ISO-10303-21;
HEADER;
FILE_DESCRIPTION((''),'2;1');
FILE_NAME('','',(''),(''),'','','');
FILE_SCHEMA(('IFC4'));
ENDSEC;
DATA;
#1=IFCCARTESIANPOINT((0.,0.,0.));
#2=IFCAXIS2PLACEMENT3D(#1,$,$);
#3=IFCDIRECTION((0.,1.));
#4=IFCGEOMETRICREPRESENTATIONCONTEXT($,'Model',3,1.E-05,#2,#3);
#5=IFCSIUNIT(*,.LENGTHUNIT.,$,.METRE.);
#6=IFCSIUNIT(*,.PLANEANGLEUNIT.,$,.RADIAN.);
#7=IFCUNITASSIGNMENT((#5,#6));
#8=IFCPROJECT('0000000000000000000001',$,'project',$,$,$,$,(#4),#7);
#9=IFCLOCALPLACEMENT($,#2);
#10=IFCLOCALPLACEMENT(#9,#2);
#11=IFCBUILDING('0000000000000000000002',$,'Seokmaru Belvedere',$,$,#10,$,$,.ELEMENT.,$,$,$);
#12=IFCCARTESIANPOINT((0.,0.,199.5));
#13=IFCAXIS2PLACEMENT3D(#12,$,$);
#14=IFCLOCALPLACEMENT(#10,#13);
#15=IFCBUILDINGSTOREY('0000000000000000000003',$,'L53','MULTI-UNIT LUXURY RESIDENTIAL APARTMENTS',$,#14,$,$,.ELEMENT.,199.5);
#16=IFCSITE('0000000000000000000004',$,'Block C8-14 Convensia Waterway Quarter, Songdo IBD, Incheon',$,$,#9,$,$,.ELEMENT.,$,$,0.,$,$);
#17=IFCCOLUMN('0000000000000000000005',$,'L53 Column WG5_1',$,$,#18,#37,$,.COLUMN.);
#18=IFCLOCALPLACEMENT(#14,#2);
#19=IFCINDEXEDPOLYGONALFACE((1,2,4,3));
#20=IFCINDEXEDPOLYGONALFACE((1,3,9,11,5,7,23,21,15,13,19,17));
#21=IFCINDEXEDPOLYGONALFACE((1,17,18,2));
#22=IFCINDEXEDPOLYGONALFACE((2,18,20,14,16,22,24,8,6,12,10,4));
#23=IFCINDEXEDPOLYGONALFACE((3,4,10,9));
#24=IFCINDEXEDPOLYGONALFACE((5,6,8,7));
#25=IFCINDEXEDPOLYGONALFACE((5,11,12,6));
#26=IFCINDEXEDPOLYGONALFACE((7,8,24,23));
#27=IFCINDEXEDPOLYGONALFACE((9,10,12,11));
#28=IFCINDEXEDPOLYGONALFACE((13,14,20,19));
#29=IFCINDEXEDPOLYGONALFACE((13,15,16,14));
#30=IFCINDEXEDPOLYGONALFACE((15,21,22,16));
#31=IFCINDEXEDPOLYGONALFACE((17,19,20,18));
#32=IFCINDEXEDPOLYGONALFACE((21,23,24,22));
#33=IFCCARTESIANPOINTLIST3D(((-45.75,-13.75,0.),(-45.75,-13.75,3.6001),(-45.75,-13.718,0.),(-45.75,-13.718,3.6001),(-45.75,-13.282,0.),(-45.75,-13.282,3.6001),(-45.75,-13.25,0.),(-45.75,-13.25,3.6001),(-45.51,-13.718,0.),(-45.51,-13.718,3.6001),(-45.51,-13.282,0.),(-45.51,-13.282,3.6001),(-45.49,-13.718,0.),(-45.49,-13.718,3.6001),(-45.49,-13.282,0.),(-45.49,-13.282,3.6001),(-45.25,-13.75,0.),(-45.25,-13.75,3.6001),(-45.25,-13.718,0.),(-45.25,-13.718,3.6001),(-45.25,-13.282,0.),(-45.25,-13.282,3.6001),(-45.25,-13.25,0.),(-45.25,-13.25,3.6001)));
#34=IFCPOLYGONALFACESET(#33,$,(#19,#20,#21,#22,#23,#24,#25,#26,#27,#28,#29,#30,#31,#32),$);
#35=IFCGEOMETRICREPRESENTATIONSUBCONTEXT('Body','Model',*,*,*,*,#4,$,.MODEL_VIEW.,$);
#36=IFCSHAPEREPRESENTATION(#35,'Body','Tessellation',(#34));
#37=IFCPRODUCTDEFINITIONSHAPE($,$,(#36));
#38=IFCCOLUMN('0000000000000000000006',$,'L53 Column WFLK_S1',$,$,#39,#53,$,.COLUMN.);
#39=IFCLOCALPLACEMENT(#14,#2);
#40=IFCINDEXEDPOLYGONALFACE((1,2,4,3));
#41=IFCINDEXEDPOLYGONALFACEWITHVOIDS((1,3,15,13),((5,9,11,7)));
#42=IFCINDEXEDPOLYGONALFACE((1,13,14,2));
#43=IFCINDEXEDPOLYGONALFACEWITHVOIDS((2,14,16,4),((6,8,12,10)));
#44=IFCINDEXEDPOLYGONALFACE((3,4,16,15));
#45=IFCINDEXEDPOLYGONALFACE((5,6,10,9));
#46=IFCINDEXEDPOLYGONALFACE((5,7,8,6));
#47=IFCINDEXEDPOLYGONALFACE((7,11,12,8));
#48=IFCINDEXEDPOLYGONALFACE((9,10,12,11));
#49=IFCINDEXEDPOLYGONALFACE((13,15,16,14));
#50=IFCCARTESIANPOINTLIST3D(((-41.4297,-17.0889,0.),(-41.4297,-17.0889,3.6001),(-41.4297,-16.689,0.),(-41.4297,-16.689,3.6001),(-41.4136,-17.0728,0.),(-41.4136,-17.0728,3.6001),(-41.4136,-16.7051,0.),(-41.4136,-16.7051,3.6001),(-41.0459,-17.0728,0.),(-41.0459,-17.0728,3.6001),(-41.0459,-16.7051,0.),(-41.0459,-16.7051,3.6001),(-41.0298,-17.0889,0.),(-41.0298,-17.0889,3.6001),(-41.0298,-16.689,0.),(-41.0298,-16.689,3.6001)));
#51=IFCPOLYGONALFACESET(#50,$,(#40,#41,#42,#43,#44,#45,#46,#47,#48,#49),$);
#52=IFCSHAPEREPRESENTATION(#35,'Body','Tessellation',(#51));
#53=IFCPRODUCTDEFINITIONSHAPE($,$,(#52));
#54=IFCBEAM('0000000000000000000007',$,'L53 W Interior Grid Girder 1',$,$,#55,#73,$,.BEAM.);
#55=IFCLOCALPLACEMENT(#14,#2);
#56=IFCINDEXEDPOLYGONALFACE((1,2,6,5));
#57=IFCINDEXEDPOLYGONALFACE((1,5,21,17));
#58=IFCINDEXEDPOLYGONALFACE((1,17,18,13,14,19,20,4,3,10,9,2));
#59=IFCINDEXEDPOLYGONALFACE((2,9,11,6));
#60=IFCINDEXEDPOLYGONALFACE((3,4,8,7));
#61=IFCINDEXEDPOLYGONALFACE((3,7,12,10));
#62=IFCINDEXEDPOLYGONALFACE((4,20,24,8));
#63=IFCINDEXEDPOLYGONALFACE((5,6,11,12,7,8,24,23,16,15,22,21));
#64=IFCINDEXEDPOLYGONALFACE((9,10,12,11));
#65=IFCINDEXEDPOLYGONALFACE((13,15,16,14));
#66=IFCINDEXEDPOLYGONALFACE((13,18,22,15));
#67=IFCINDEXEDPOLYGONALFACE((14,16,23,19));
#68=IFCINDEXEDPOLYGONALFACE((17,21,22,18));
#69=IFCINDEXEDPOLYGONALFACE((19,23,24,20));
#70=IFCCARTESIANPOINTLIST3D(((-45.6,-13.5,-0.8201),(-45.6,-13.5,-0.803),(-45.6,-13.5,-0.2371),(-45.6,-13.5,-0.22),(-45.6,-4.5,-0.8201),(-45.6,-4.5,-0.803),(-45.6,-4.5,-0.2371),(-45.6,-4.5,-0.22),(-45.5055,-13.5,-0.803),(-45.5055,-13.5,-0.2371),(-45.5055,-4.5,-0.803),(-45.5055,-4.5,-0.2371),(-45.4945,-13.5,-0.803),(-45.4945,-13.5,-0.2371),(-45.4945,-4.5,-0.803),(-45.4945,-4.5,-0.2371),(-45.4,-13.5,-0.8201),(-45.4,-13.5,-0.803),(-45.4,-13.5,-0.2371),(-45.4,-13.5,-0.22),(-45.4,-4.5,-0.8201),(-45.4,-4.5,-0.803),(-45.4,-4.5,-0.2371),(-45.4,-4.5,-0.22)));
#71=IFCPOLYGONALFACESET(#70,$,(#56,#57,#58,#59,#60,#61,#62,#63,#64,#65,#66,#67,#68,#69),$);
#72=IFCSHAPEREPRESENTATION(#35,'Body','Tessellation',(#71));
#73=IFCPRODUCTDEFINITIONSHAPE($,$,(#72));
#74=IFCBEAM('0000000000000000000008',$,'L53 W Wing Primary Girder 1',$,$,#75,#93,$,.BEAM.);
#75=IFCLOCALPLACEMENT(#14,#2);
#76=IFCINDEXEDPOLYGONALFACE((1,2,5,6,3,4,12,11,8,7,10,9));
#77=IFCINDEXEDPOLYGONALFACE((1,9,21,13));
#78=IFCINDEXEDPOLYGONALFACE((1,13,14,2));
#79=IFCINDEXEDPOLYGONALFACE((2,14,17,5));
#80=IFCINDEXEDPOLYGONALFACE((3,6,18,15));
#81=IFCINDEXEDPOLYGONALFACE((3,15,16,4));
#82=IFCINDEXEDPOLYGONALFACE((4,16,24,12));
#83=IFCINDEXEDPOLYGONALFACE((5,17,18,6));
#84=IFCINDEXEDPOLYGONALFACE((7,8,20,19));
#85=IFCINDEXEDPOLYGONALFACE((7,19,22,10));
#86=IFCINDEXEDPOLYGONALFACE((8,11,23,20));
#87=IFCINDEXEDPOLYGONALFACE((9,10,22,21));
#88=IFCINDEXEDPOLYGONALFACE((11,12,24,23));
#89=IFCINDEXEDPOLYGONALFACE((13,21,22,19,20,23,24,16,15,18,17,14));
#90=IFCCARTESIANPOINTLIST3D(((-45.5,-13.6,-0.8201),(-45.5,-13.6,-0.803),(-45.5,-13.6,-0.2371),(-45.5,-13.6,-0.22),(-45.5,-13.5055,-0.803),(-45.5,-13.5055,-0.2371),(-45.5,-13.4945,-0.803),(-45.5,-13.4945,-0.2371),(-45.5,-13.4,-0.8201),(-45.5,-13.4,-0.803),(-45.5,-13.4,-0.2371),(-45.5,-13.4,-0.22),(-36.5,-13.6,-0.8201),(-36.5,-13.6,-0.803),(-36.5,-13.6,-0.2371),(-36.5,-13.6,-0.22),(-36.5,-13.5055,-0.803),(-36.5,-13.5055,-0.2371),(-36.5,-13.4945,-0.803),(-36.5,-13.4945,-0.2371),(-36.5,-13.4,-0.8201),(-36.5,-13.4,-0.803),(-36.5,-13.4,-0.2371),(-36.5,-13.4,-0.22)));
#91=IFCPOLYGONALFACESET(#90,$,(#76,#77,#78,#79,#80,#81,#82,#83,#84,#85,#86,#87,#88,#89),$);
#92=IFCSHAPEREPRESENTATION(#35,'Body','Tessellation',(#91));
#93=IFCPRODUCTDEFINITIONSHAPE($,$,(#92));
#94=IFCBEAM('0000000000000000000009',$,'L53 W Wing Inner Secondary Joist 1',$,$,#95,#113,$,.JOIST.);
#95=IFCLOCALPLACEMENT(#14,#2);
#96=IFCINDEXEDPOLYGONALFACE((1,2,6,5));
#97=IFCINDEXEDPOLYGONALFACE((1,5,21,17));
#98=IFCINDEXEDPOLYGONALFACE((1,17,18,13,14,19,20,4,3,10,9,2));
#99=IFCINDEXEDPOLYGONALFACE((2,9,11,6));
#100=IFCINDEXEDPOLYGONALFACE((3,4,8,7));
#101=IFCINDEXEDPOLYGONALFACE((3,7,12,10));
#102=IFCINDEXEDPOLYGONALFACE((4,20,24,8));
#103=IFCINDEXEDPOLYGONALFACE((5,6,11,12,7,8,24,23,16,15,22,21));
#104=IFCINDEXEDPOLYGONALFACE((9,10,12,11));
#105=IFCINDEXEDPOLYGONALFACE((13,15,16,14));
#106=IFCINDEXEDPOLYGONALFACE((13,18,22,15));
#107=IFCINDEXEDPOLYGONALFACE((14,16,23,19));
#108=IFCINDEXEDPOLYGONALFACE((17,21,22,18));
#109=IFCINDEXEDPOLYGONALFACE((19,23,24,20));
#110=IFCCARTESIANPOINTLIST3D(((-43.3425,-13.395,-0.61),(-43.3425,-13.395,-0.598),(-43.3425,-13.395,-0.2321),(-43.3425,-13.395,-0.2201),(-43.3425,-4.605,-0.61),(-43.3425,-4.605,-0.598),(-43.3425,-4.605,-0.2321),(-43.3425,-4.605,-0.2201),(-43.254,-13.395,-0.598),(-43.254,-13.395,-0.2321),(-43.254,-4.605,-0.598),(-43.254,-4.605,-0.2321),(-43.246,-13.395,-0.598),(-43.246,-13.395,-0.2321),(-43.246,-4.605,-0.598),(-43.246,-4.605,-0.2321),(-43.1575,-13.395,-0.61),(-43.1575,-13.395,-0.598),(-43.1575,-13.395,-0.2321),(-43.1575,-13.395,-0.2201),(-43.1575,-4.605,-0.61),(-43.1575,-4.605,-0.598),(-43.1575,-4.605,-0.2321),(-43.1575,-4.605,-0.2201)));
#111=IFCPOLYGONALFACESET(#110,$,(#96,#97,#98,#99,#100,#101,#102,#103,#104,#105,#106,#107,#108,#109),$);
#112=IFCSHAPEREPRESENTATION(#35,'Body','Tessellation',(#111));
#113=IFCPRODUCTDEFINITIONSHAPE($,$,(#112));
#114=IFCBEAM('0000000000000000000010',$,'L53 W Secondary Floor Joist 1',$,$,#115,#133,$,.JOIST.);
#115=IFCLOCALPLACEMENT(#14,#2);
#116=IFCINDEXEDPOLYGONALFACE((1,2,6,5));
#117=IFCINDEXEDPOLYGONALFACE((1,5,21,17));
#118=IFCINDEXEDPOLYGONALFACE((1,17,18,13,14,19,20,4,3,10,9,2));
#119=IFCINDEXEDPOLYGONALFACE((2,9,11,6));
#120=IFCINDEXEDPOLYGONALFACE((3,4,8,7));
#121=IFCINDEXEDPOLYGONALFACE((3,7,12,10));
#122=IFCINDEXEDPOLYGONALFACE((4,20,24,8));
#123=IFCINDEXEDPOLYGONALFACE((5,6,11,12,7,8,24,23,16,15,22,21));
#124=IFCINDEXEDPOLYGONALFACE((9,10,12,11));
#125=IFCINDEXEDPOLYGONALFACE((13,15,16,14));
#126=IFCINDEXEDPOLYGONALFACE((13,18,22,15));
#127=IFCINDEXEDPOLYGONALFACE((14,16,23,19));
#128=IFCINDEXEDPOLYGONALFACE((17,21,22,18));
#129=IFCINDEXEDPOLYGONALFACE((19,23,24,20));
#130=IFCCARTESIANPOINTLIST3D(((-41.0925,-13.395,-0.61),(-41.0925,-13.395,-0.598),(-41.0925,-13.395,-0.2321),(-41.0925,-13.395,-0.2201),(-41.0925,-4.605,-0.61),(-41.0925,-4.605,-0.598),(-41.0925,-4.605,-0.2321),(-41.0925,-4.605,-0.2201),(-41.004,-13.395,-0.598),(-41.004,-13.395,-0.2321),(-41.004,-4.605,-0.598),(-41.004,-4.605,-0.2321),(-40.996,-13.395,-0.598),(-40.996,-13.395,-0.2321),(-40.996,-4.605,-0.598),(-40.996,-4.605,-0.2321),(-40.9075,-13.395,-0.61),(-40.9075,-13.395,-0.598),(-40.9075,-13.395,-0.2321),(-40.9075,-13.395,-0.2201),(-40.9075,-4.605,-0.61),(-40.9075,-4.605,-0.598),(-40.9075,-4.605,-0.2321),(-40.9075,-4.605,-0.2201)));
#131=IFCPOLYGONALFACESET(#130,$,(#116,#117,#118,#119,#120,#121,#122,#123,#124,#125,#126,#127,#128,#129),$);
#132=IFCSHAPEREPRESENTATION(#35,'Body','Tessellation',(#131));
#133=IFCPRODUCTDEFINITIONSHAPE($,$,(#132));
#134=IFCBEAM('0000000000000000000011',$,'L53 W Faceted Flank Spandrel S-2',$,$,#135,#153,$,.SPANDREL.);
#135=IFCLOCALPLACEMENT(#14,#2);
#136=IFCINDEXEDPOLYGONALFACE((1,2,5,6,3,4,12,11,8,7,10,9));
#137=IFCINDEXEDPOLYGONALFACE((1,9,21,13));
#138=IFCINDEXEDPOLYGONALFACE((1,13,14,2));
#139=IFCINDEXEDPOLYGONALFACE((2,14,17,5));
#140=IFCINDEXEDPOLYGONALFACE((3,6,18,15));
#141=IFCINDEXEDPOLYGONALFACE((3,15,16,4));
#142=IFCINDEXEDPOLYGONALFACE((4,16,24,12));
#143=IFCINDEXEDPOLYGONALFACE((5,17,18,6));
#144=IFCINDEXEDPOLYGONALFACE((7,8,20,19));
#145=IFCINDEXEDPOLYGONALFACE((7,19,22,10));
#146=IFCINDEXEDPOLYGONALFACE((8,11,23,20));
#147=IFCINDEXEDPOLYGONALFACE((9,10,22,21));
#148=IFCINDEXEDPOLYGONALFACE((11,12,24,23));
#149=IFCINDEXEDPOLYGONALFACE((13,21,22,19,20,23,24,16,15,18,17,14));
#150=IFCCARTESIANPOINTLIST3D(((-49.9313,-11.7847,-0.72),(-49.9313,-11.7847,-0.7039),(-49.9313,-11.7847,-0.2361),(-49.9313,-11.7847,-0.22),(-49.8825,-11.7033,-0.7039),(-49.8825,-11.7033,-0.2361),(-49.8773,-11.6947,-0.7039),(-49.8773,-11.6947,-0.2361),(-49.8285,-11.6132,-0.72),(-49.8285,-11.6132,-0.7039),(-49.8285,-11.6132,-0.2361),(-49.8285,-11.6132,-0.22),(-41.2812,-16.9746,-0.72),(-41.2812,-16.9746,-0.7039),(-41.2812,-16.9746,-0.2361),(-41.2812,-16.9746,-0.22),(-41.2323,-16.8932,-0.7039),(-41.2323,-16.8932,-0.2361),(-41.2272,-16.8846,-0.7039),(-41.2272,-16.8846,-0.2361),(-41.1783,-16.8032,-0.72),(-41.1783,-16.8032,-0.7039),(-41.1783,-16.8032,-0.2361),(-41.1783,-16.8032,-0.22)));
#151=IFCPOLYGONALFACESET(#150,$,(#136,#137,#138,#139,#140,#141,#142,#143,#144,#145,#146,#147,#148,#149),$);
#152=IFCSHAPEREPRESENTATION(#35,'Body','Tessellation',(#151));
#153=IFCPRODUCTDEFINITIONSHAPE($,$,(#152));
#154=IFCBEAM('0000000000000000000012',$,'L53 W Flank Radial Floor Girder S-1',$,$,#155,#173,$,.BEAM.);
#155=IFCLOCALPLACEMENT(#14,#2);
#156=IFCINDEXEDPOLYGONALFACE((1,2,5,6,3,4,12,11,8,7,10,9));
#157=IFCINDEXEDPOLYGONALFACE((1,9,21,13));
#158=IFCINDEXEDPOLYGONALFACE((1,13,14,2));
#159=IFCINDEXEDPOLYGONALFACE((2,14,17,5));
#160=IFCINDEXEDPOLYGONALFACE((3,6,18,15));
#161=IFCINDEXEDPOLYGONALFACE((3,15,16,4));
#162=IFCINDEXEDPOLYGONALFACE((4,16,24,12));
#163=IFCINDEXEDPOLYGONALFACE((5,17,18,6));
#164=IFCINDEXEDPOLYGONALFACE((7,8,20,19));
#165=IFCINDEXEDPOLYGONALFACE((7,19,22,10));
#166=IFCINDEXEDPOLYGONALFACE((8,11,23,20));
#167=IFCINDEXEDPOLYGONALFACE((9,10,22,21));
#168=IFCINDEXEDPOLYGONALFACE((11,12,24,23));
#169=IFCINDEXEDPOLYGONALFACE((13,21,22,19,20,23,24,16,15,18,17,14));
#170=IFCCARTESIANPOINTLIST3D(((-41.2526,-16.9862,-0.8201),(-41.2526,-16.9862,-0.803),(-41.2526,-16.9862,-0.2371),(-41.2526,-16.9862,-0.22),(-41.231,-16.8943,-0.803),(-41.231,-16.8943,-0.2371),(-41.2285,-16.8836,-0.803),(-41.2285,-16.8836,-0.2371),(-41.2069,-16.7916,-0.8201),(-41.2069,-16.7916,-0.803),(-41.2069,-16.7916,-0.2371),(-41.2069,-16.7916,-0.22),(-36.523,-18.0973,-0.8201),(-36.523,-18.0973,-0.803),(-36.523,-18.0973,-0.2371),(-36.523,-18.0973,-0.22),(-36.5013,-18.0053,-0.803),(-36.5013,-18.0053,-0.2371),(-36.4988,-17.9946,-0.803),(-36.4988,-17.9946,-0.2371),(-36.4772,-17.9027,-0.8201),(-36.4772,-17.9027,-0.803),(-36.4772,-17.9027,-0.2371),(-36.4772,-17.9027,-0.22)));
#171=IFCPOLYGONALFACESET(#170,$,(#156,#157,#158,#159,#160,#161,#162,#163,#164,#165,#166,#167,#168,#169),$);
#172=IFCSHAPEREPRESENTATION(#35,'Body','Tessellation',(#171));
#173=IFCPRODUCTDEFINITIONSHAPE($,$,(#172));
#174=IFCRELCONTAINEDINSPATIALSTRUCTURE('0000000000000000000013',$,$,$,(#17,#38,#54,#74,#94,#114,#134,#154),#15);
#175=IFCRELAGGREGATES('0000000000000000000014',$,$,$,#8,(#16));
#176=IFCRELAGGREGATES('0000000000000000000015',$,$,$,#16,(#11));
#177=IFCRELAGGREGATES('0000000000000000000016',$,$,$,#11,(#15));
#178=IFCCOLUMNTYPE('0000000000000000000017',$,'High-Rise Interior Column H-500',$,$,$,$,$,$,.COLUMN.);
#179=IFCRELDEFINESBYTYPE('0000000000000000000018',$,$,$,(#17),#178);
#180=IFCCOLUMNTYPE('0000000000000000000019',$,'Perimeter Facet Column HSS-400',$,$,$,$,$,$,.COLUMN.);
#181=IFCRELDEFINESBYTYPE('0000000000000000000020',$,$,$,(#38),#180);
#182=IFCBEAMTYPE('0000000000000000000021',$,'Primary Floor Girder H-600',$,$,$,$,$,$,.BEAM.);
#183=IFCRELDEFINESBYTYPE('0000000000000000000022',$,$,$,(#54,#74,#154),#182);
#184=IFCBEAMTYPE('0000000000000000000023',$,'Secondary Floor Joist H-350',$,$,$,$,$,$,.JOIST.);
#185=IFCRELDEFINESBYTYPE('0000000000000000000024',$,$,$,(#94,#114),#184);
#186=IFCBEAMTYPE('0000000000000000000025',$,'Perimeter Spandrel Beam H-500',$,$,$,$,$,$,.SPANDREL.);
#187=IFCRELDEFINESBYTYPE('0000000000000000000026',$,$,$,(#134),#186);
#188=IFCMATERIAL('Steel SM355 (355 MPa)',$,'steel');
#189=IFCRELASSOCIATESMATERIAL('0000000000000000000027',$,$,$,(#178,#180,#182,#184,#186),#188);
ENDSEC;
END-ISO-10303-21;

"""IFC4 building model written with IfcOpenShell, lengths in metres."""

from ifc_helpers import new_model, si_unit, direction, frame, origin, origin_2d, place, context, subcontext, project, spatial, hollow_rectangle, i_section, extrude, source, transform, mapped, material, material_profile, profile_set, type_object, type_shapes, element, save


model = new_model("IFC4")

# Units and contexts
model_context = context("Model", 3, precision=1e-05, world=origin(), true_north=direction((0.0, 1.0)))
body_context = subcontext(model_context, "Body", "Model", "MODEL_VIEW")
ifc_project = project(units=[si_unit("LENGTHUNIT", "METRE"), si_unit("PLANEANGLEUNIT", "RADIAN")], contexts=[model_context])

# Site, building, storey
site_placement = place(None, origin())
site = spatial("IfcSite", under=ifc_project, at=site_placement, Name="Block C8-14 Convensia Waterway Quarter, Songdo IBD, Incheon", CompositionType="ELEMENT", RefElevation=0.0)
building_placement = place(site_placement, origin())
building = spatial("IfcBuilding", under=site, at=building_placement, Name="Seokmaru Belvedere", CompositionType="ELEMENT")
storey_placement = place(building_placement, frame((0.0, 0.0, 199.5)))
storey = spatial("IfcBuildingStorey", under=building, at=storey_placement, Name="L53", Description="MULTI-UNIT LUXURY RESIDENTIAL APARTMENTS", CompositionType="ELEMENT", Elevation=199.5)

# Columns
ifc_material_1 = material(Name="Steel SM355 (355 MPa)", Category="steel")
ifc_material_profile_1 = material_profile(ifc_material_1, i_section(OverallWidth=0.5, OverallDepth=0.5, WebThickness=0.02, FlangeThickness=0.032, at=origin_2d()), Name="H-500x500x20x32")
ifc_profile_set_1 = profile_set([ifc_material_profile_1], Name="Steel SM355 (355 MPa)")
column_type_1 = type_object("IfcColumnType", Name="High-Rise Interior Column H-500", PredefinedType="COLUMN", material=ifc_profile_set_1)
shared_shape_1 = source(origin(), body_context, "Body", "SweptSolid", [
    extrude(i_section(OverallWidth=0.5, OverallDepth=0.5, WebThickness=0.02, FlangeThickness=0.032, at=origin_2d()), origin(), (0.0, 0.0, 1.0), 3.6001),
])
type_shapes(column_type_1, [shared_shape_1])
column_1_placement = place(storey_placement, frame((-45.5, -13.5, 0.0), z_axis=(0.0, 0.0, 1.0), x_axis=(1.0, 0.0, 0.0)))
element("IfcColumn", 1, at=column_1_placement, inside=storey, type_object=column_type_1, Name="L53 Column WG5_1", PredefinedType="COLUMN", context=body_context, shape_type="MappedRepresentation", body=[
    mapped(shared_shape_1, transform((0.0, 0.0, 0.0), scale=1.0)),
])
ifc_material_profile_2 = material_profile(ifc_material_1, hollow_rectangle(XDim=0.3999, YDim=0.3999, WallThickness=0.0161, at=origin_2d()), Name="HSS-400x400x16")
ifc_profile_set_2 = profile_set([ifc_material_profile_2], Name="Steel SM355 (355 MPa)")
column_type_2 = type_object("IfcColumnType", Name="Perimeter Facet Column HSS-400", PredefinedType="COLUMN", material=ifc_profile_set_2)
shared_shape_2 = source(origin(), body_context, "Body", "SweptSolid", [
    extrude(hollow_rectangle(XDim=0.3999, YDim=0.3999, WallThickness=0.0161, at=origin_2d()), origin(), (0.0, 0.0, 1.0), 3.6001),
])
type_shapes(column_type_2, [shared_shape_2])
column_2_placement = place(storey_placement, frame((-41.2297, -16.8889, 0.0), z_axis=(0.0, 0.0, 1.0), x_axis=(1.0, 0.0, 0.0)))
element("IfcColumn", 2, at=column_2_placement, inside=storey, type_object=column_type_2, Name="L53 Column WFLK_S1", PredefinedType="COLUMN", context=body_context, shape_type="MappedRepresentation", body=[
    mapped(shared_shape_2, transform((0.0, 0.0, 0.0), scale=1.0)),
])

# Beams
ifc_material_profile_3 = material_profile(ifc_material_1, i_section(OverallWidth=0.2, OverallDepth=0.6001, WebThickness=0.011, FlangeThickness=0.0171, at=origin_2d()), Name="H-600x200x11x17")
ifc_profile_set_3 = profile_set([ifc_material_profile_3], Name="Steel SM355 (355 MPa)")
beam_type_1 = type_object("IfcBeamType", Name="Primary Floor Girder H-600", PredefinedType="BEAM", material=ifc_profile_set_3)
shared_shape_3 = source(origin(), body_context, "Body", "SweptSolid", [
    extrude(i_section(OverallWidth=0.2, OverallDepth=0.6001, WebThickness=0.011, FlangeThickness=0.0171, at=origin_2d()), origin(), (0.0, 0.0, 1.0), 9.0),
])
for number, where, z_axis, x_axis, name in (
    (3, (-45.5, -13.5, -0.52), (0.0, 1.0, 0.0), (-1.0, 0.0, 0.0), "L53 W Interior Grid Girder 1"),
    (4, (-45.5, -13.5, -0.52), (1.0, 0.0, 0.0), (0.0, 1.0, 0.0), "L53 W Wing Primary Girder 1"),
):
    element("IfcBeam", number, at=place(storey_placement, frame(where, z_axis=z_axis, x_axis=x_axis)), inside=storey, type_object=beam_type_1, Name=name, PredefinedType="BEAM", context=body_context, shape_type="MappedRepresentation", body=[
        mapped(shared_shape_3, transform((0.0, 0.0, 0.0), scale=1.0)),
    ])
ifc_material_profile_4 = material_profile(ifc_material_1, i_section(OverallWidth=0.1851, OverallDepth=0.3899, WebThickness=0.0081, FlangeThickness=0.012, at=origin_2d()), Name="H-390x185x8x12")
ifc_profile_set_4 = profile_set([ifc_material_profile_4], Name="Steel SM355 (355 MPa)")
beam_type_2 = type_object("IfcBeamType", Name="Secondary Floor Joist H-350", PredefinedType="JOIST", material=ifc_profile_set_4)
shared_shape_4 = source(origin(), body_context, "Body", "SweptSolid", [
    extrude(i_section(OverallWidth=0.1851, OverallDepth=0.3899, WebThickness=0.0081, FlangeThickness=0.012, at=origin_2d()), origin(), (0.0, 0.0, 1.0), 8.79),
])
type_shapes(beam_type_2, [shared_shape_4])
for number, where, z_axis, x_axis, name in (
    (5, (-43.25, -13.395, -0.415), (0.0, 1.0, 0.0), (-1.0, 0.0, 0.0), "L53 W Wing Inner Secondary Joist 1"),
    (6, (-41.0, -13.395, -0.415), (0.0, 1.0, 0.0), (-1.0, 0.0, 0.0), "L53 W Secondary Floor Joist 1"),
):
    element("IfcBeam", number, at=place(storey_placement, frame(where, z_axis=z_axis, x_axis=x_axis)), inside=storey, type_object=beam_type_2, Name=name, PredefinedType="JOIST", context=body_context, shape_type="MappedRepresentation", body=[
        mapped(shared_shape_4, transform((0.0, 0.0, 0.0), scale=1.0)),
    ])
ifc_material_profile_5 = material_profile(ifc_material_1, i_section(OverallWidth=0.2, OverallDepth=0.5, WebThickness=0.01, FlangeThickness=0.0161, at=origin_2d()), Name="H-500x200x10x16")
ifc_profile_set_5 = profile_set([ifc_material_profile_5], Name="Steel SM355 (355 MPa)")
beam_type_3 = type_object("IfcBeamType", Name="Perimeter Spandrel Beam H-500", PredefinedType="SPANDREL", material=ifc_profile_set_5)
shared_shape_5 = source(origin(), body_context, "Body", "SweptSolid", [
    extrude(i_section(OverallWidth=0.2, OverallDepth=0.5, WebThickness=0.01, FlangeThickness=0.0161, at=origin_2d()), origin(), (0.0, 0.0, 1.0), 10.0876),
])
type_shapes(beam_type_3, [shared_shape_5])
beam_1_placement = place(storey_placement, frame((-41.2297, -16.8889, -0.47), z_axis=(-0.857499, 0.514485, 0.0), x_axis=(-0.514485, -0.857499, 0.0)))
element("IfcBeam", 7, at=beam_1_placement, inside=storey, type_object=beam_type_3, Name="L53 W Faceted Flank Spandrel S-2", PredefinedType="SPANDREL", context=body_context, shape_type="MappedRepresentation", body=[
    mapped(shared_shape_5, transform((0.0, 0.0, 0.0), scale=1.0)),
])
shared_shape_6 = source(origin(), body_context, "Body", "SweptSolid", [
    extrude(i_section(OverallWidth=0.2, OverallDepth=0.6001, WebThickness=0.011, FlangeThickness=0.0171, at=origin_2d()), origin(), (0.0, 0.0, 1.0), 4.8584),
])
type_shapes(beam_type_1, [shared_shape_3, shared_shape_6])
beam_2_placement = place(storey_placement, frame((-41.2297, -16.8889, -0.52), z_axis=(0.973499, -0.228689, 0.0), x_axis=(0.228689, 0.973499, 0.0)))
element("IfcBeam", 8, at=beam_2_placement, inside=storey, type_object=beam_type_1, Name="L53 W Flank Radial Floor Girder S-1", PredefinedType="BEAM", context=body_context, shape_type="MappedRepresentation", body=[
    mapped(shared_shape_6, transform((0.0, 0.0, 0.0), scale=1.0)),
])

save(model, "model.ifc")
